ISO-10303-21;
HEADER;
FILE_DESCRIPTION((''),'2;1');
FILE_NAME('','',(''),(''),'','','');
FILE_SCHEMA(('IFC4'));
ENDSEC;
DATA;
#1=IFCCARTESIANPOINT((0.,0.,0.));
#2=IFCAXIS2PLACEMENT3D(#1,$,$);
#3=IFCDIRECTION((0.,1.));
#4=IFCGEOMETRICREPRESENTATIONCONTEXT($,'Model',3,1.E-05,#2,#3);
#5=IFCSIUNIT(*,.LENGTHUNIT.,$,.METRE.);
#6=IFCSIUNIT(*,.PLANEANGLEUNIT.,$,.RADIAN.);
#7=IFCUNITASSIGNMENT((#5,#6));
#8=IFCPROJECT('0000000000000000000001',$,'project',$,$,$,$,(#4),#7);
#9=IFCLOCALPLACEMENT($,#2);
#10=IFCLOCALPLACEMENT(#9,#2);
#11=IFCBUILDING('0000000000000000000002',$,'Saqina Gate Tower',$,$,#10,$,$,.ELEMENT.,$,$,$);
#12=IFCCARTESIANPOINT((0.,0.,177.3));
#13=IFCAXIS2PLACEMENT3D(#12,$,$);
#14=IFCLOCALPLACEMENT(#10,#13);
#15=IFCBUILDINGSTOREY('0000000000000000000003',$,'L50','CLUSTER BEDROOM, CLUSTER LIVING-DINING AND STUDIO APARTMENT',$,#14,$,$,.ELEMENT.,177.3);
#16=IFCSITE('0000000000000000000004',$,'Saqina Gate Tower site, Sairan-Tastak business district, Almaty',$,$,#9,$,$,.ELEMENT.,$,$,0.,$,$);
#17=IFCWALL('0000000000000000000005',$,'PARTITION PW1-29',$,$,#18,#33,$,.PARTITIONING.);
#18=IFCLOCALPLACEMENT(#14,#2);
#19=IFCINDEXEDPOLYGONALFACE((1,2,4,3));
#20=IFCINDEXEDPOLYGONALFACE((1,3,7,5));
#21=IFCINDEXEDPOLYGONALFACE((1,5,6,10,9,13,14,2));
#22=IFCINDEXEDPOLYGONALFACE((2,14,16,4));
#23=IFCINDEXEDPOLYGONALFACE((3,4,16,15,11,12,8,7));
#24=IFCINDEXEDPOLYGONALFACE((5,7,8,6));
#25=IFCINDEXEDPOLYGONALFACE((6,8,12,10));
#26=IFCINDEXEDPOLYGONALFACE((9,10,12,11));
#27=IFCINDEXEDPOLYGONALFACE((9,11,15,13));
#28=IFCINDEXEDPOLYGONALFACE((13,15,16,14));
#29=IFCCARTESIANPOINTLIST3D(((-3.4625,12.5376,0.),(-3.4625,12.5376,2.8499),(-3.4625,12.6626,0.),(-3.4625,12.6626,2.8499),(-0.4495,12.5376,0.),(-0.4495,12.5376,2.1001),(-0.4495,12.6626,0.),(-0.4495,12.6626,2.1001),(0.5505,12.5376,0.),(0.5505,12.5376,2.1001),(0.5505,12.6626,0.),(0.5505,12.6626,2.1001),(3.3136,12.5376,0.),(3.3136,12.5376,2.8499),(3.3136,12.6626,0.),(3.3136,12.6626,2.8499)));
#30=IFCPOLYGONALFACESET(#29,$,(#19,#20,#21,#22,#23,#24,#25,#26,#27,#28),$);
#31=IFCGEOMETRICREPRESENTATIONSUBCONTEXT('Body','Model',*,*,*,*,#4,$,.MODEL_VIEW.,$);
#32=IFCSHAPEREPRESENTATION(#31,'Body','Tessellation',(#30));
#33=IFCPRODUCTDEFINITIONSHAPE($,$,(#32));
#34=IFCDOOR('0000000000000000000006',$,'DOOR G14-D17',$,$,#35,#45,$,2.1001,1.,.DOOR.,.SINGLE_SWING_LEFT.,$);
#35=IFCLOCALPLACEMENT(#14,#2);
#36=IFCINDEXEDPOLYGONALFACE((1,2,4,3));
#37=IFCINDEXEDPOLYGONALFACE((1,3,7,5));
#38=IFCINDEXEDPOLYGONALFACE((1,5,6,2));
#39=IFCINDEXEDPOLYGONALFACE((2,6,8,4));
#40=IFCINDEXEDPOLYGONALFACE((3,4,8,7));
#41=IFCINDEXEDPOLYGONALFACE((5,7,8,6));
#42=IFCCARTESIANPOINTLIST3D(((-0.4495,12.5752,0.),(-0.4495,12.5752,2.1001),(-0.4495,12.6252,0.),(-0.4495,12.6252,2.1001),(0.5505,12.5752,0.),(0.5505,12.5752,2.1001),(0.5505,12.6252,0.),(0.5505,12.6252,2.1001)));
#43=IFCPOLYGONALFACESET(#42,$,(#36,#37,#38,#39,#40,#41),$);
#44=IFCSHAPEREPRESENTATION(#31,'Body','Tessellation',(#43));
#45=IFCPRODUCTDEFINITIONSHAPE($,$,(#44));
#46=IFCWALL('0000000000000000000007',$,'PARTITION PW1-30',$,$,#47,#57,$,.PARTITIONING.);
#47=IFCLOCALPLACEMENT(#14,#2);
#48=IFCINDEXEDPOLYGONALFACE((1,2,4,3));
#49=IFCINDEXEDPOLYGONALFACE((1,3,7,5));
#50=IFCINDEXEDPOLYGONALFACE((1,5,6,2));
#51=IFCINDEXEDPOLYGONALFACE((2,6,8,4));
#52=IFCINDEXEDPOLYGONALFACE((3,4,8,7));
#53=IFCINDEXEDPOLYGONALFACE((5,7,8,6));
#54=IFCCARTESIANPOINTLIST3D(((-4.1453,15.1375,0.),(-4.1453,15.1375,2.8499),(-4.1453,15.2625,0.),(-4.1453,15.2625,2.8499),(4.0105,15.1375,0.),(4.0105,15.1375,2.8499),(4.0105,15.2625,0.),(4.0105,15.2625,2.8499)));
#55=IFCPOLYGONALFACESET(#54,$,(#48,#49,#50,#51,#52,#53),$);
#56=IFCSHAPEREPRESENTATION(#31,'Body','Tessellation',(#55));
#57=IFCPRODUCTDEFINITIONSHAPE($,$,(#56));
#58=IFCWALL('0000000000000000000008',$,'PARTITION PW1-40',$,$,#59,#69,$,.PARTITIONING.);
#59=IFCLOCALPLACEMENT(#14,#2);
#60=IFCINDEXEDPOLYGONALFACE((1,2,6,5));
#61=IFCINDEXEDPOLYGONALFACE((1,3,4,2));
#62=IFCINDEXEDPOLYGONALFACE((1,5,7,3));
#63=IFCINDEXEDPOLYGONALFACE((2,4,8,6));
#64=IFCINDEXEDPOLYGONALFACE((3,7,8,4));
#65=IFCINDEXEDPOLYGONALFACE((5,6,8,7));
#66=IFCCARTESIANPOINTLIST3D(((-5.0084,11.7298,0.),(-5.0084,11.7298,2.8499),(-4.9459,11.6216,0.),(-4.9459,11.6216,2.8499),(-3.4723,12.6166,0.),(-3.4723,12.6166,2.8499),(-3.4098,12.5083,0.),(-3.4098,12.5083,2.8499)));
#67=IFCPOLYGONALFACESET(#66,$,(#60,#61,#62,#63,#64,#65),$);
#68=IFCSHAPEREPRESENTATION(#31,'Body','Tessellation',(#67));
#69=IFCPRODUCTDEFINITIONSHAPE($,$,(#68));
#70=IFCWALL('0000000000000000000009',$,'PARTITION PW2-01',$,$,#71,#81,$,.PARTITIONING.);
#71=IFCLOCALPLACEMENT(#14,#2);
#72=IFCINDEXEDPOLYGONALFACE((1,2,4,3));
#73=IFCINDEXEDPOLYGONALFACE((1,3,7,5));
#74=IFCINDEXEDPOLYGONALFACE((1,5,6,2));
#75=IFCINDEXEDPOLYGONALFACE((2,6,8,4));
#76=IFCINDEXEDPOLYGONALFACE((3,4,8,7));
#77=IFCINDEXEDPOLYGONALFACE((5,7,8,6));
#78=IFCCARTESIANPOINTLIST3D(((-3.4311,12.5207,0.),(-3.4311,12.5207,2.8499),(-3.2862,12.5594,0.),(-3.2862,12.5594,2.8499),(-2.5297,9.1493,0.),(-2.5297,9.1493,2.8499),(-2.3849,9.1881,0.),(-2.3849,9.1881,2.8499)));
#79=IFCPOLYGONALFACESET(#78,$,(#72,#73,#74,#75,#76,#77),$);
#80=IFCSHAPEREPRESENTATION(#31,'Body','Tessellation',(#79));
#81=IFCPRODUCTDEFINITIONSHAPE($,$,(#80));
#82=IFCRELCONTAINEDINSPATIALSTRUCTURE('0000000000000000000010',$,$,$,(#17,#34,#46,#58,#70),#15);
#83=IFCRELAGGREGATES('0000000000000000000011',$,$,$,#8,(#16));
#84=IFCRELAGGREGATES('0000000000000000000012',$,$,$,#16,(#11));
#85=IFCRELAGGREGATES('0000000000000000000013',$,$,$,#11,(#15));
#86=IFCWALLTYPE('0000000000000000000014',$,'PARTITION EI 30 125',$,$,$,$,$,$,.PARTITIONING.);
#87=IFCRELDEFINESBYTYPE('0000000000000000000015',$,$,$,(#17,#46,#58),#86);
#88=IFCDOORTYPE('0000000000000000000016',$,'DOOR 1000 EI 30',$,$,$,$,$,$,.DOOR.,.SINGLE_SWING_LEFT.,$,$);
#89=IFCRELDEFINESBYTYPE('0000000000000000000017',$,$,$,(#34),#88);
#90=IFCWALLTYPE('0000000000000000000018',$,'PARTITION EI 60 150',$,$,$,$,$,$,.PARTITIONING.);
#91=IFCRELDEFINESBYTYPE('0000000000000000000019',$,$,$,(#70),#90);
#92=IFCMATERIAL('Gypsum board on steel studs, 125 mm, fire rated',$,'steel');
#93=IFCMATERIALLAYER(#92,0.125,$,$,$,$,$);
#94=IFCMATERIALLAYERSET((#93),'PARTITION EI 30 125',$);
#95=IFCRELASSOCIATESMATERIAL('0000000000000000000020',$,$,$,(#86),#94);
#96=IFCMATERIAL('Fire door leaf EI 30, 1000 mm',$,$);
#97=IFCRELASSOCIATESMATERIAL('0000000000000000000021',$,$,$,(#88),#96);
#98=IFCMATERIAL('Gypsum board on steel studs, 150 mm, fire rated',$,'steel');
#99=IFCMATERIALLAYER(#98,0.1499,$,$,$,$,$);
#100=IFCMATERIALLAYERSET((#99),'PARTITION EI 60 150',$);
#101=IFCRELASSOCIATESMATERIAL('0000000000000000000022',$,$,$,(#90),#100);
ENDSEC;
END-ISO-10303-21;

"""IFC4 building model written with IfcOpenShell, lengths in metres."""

from ifc_helpers import new_model, si_unit, direction, frame, frame_2d, origin, place, context, subcontext, project, spatial, rectangle, extrude, material, layer, layer_set, type_object, element, fill, save


model = new_model("IFC4")

# Units and contexts
model_context = context("Model", 3, precision=1e-05, world=origin(), true_north=direction((0.0, 1.0)))
body_context = subcontext(model_context, "Body", "Model", "MODEL_VIEW")
ifc_project = project(units=[si_unit("LENGTHUNIT", "METRE"), si_unit("PLANEANGLEUNIT", "RADIAN")], contexts=[model_context])

# Site, building, storey
site_placement = place(None, origin())
site = spatial("IfcSite", under=ifc_project, at=site_placement, Name="Saqina Gate Tower site, Sairan-Tastak business district, Almaty", CompositionType="ELEMENT", RefElevation=0.0)
building_placement = place(site_placement, origin())
building = spatial("IfcBuilding", under=site, at=building_placement, Name="Saqina Gate Tower", CompositionType="ELEMENT")
storey_placement = place(building_placement, frame((0.0, 0.0, 177.3)))
storey = spatial("IfcBuildingStorey", under=building, at=storey_placement, Name="L50", Description="CLUSTER BEDROOM, CLUSTER LIVING-DINING AND STUDIO APARTMENT", CompositionType="ELEMENT", Elevation=177.3)

# Wall, opening, door
ifc_material_1 = material(Name="Gypsum board on steel studs, 125 mm, fire rated", Category="steel")
ifc_layer_1 = layer(ifc_material_1, 0.125)
ifc_layer_set_1 = layer_set([ifc_layer_1], Name="PARTITION EI 30 125")
wall_type_1 = type_object("IfcWallType", Name="PARTITION EI 30 125", PredefinedType="PARTITIONING", material=ifc_layer_set_1)
wall_1_placement = place(storey_placement, frame((-3.4626, 12.6001, 0.0), z_axis=(0.0, 0.0, 1.0), x_axis=(1.0, 0.0, 0.0)))
wall_1 = element("IfcWall", 1, at=wall_1_placement, inside=storey, type_object=wall_type_1, Name="PARTITION PW1-29", PredefinedType="PARTITIONING", context=body_context, shape_type="SweptSolid", body=[
    extrude(rectangle(XDim=6.7761, YDim=0.125, at=frame_2d((3.3882, 0.0))), origin(), (0.0, 0.0, 1.0), 2.8499),
])
opening_1_placement = place(wall_1_placement, frame((3.0132, 0.0, 0.0)))
opening_1 = element("IfcOpeningElement", 2, at=opening_1_placement, cuts=wall_1, PredefinedType="OPENING", context=body_context, shape_type="SweptSolid", body=[
    extrude(rectangle(XDim=1.0, YDim=2.1001, at=frame_2d((0.5, 1.05))), frame((0.0, 0.0745, 0.0), z_axis=(0.0, -1.0, 0.0), x_axis=(1.0, 0.0, 0.0)), (0.0, 0.0, 1.0), 0.1489),
])
ifc_material_2 = material(Name="Fire door leaf EI 30, 1000 mm")
door_type_1 = type_object("IfcDoorType", Name="DOOR 1000 EI 30", OperationType="SINGLE_SWING_LEFT", PredefinedType="DOOR", material=ifc_material_2)
door_1_placement = place(opening_1_placement, frame((1.0, 0.0, 0.0), z_axis=(0.0, 0.0, 1.0), x_axis=(-1.0, 0.0, 0.0)))
door_1 = element("IfcDoor", 3, at=door_1_placement, inside=storey, type_object=door_type_1, Name="DOOR G14-D17", OperationType="SINGLE_SWING_LEFT", OverallHeight=2.1001, OverallWidth=1.0, PredefinedType="DOOR", context=body_context, shape_type="SweptSolid", body=[
    extrude(rectangle(XDim=1.0, YDim=2.1001, at=frame_2d((0.5, 1.05))), frame((0.0, 0.0249, 0.0), z_axis=(0.0, -1.0, 0.0), x_axis=(1.0, 0.0, 0.0)), (0.0, 0.0, 1.0), 0.05),
])
fill(opening_1, door_1)

# Walls
wall_2_placement = place(storey_placement, frame((-4.1453, 15.2, 0.0), z_axis=(0.0, 0.0, 1.0), x_axis=(1.0, 0.0, 0.0)))
element("IfcWall", 4, at=wall_2_placement, inside=storey, type_object=wall_type_1, Name="PARTITION PW1-30", PredefinedType="PARTITIONING", context=body_context, shape_type="SweptSolid", body=[
    extrude(rectangle(XDim=8.1558, YDim=0.125, at=frame_2d((4.0779, 0.0))), origin(), (0.0, 0.0, 1.0), 2.8499),
])
wall_3_placement = place(storey_placement, frame((-4.9771, 11.6758, 0.0), z_axis=(0.0, 0.0, 1.0), x_axis=(0.866066, 0.499929, 0.0)))
element("IfcWall", 5, at=wall_3_placement, inside=storey, type_object=wall_type_1, Name="PARTITION PW1-40", PredefinedType="PARTITIONING", context=body_context, shape_type="SweptSolid", body=[
    extrude(rectangle(XDim=1.7737, YDim=0.125, at=frame_2d((0.8867, 0.0))), origin(), (0.0, 0.0, 1.0), 2.8499),
])
ifc_material_3 = material(Name="Gypsum board on steel studs, 150 mm, fire rated", Category="steel")
ifc_layer_2 = layer(ifc_material_3, 0.1499)
ifc_layer_set_2 = layer_set([ifc_layer_2], Name="PARTITION EI 60 150")
wall_type_2 = type_object("IfcWallType", Name="PARTITION EI 60 150", PredefinedType="PARTITIONING", material=ifc_layer_set_2)
wall_4_placement = place(storey_placement, frame((-3.3586, 12.54, 0.0), z_axis=(0.0, 0.0, 1.0), x_axis=(0.25829, -0.966068, 0.0)))
element("IfcWall", 6, at=wall_4_placement, inside=storey, type_object=wall_type_2, Name="PARTITION PW2-01", PredefinedType="PARTITIONING", context=body_context, shape_type="SweptSolid", body=[
    extrude(rectangle(XDim=3.4897, YDim=0.1499, at=frame_2d((1.7449, 0.0))), origin(), (0.0, 0.0, 1.0), 2.8499),
])

save(model, "model.ifc")
